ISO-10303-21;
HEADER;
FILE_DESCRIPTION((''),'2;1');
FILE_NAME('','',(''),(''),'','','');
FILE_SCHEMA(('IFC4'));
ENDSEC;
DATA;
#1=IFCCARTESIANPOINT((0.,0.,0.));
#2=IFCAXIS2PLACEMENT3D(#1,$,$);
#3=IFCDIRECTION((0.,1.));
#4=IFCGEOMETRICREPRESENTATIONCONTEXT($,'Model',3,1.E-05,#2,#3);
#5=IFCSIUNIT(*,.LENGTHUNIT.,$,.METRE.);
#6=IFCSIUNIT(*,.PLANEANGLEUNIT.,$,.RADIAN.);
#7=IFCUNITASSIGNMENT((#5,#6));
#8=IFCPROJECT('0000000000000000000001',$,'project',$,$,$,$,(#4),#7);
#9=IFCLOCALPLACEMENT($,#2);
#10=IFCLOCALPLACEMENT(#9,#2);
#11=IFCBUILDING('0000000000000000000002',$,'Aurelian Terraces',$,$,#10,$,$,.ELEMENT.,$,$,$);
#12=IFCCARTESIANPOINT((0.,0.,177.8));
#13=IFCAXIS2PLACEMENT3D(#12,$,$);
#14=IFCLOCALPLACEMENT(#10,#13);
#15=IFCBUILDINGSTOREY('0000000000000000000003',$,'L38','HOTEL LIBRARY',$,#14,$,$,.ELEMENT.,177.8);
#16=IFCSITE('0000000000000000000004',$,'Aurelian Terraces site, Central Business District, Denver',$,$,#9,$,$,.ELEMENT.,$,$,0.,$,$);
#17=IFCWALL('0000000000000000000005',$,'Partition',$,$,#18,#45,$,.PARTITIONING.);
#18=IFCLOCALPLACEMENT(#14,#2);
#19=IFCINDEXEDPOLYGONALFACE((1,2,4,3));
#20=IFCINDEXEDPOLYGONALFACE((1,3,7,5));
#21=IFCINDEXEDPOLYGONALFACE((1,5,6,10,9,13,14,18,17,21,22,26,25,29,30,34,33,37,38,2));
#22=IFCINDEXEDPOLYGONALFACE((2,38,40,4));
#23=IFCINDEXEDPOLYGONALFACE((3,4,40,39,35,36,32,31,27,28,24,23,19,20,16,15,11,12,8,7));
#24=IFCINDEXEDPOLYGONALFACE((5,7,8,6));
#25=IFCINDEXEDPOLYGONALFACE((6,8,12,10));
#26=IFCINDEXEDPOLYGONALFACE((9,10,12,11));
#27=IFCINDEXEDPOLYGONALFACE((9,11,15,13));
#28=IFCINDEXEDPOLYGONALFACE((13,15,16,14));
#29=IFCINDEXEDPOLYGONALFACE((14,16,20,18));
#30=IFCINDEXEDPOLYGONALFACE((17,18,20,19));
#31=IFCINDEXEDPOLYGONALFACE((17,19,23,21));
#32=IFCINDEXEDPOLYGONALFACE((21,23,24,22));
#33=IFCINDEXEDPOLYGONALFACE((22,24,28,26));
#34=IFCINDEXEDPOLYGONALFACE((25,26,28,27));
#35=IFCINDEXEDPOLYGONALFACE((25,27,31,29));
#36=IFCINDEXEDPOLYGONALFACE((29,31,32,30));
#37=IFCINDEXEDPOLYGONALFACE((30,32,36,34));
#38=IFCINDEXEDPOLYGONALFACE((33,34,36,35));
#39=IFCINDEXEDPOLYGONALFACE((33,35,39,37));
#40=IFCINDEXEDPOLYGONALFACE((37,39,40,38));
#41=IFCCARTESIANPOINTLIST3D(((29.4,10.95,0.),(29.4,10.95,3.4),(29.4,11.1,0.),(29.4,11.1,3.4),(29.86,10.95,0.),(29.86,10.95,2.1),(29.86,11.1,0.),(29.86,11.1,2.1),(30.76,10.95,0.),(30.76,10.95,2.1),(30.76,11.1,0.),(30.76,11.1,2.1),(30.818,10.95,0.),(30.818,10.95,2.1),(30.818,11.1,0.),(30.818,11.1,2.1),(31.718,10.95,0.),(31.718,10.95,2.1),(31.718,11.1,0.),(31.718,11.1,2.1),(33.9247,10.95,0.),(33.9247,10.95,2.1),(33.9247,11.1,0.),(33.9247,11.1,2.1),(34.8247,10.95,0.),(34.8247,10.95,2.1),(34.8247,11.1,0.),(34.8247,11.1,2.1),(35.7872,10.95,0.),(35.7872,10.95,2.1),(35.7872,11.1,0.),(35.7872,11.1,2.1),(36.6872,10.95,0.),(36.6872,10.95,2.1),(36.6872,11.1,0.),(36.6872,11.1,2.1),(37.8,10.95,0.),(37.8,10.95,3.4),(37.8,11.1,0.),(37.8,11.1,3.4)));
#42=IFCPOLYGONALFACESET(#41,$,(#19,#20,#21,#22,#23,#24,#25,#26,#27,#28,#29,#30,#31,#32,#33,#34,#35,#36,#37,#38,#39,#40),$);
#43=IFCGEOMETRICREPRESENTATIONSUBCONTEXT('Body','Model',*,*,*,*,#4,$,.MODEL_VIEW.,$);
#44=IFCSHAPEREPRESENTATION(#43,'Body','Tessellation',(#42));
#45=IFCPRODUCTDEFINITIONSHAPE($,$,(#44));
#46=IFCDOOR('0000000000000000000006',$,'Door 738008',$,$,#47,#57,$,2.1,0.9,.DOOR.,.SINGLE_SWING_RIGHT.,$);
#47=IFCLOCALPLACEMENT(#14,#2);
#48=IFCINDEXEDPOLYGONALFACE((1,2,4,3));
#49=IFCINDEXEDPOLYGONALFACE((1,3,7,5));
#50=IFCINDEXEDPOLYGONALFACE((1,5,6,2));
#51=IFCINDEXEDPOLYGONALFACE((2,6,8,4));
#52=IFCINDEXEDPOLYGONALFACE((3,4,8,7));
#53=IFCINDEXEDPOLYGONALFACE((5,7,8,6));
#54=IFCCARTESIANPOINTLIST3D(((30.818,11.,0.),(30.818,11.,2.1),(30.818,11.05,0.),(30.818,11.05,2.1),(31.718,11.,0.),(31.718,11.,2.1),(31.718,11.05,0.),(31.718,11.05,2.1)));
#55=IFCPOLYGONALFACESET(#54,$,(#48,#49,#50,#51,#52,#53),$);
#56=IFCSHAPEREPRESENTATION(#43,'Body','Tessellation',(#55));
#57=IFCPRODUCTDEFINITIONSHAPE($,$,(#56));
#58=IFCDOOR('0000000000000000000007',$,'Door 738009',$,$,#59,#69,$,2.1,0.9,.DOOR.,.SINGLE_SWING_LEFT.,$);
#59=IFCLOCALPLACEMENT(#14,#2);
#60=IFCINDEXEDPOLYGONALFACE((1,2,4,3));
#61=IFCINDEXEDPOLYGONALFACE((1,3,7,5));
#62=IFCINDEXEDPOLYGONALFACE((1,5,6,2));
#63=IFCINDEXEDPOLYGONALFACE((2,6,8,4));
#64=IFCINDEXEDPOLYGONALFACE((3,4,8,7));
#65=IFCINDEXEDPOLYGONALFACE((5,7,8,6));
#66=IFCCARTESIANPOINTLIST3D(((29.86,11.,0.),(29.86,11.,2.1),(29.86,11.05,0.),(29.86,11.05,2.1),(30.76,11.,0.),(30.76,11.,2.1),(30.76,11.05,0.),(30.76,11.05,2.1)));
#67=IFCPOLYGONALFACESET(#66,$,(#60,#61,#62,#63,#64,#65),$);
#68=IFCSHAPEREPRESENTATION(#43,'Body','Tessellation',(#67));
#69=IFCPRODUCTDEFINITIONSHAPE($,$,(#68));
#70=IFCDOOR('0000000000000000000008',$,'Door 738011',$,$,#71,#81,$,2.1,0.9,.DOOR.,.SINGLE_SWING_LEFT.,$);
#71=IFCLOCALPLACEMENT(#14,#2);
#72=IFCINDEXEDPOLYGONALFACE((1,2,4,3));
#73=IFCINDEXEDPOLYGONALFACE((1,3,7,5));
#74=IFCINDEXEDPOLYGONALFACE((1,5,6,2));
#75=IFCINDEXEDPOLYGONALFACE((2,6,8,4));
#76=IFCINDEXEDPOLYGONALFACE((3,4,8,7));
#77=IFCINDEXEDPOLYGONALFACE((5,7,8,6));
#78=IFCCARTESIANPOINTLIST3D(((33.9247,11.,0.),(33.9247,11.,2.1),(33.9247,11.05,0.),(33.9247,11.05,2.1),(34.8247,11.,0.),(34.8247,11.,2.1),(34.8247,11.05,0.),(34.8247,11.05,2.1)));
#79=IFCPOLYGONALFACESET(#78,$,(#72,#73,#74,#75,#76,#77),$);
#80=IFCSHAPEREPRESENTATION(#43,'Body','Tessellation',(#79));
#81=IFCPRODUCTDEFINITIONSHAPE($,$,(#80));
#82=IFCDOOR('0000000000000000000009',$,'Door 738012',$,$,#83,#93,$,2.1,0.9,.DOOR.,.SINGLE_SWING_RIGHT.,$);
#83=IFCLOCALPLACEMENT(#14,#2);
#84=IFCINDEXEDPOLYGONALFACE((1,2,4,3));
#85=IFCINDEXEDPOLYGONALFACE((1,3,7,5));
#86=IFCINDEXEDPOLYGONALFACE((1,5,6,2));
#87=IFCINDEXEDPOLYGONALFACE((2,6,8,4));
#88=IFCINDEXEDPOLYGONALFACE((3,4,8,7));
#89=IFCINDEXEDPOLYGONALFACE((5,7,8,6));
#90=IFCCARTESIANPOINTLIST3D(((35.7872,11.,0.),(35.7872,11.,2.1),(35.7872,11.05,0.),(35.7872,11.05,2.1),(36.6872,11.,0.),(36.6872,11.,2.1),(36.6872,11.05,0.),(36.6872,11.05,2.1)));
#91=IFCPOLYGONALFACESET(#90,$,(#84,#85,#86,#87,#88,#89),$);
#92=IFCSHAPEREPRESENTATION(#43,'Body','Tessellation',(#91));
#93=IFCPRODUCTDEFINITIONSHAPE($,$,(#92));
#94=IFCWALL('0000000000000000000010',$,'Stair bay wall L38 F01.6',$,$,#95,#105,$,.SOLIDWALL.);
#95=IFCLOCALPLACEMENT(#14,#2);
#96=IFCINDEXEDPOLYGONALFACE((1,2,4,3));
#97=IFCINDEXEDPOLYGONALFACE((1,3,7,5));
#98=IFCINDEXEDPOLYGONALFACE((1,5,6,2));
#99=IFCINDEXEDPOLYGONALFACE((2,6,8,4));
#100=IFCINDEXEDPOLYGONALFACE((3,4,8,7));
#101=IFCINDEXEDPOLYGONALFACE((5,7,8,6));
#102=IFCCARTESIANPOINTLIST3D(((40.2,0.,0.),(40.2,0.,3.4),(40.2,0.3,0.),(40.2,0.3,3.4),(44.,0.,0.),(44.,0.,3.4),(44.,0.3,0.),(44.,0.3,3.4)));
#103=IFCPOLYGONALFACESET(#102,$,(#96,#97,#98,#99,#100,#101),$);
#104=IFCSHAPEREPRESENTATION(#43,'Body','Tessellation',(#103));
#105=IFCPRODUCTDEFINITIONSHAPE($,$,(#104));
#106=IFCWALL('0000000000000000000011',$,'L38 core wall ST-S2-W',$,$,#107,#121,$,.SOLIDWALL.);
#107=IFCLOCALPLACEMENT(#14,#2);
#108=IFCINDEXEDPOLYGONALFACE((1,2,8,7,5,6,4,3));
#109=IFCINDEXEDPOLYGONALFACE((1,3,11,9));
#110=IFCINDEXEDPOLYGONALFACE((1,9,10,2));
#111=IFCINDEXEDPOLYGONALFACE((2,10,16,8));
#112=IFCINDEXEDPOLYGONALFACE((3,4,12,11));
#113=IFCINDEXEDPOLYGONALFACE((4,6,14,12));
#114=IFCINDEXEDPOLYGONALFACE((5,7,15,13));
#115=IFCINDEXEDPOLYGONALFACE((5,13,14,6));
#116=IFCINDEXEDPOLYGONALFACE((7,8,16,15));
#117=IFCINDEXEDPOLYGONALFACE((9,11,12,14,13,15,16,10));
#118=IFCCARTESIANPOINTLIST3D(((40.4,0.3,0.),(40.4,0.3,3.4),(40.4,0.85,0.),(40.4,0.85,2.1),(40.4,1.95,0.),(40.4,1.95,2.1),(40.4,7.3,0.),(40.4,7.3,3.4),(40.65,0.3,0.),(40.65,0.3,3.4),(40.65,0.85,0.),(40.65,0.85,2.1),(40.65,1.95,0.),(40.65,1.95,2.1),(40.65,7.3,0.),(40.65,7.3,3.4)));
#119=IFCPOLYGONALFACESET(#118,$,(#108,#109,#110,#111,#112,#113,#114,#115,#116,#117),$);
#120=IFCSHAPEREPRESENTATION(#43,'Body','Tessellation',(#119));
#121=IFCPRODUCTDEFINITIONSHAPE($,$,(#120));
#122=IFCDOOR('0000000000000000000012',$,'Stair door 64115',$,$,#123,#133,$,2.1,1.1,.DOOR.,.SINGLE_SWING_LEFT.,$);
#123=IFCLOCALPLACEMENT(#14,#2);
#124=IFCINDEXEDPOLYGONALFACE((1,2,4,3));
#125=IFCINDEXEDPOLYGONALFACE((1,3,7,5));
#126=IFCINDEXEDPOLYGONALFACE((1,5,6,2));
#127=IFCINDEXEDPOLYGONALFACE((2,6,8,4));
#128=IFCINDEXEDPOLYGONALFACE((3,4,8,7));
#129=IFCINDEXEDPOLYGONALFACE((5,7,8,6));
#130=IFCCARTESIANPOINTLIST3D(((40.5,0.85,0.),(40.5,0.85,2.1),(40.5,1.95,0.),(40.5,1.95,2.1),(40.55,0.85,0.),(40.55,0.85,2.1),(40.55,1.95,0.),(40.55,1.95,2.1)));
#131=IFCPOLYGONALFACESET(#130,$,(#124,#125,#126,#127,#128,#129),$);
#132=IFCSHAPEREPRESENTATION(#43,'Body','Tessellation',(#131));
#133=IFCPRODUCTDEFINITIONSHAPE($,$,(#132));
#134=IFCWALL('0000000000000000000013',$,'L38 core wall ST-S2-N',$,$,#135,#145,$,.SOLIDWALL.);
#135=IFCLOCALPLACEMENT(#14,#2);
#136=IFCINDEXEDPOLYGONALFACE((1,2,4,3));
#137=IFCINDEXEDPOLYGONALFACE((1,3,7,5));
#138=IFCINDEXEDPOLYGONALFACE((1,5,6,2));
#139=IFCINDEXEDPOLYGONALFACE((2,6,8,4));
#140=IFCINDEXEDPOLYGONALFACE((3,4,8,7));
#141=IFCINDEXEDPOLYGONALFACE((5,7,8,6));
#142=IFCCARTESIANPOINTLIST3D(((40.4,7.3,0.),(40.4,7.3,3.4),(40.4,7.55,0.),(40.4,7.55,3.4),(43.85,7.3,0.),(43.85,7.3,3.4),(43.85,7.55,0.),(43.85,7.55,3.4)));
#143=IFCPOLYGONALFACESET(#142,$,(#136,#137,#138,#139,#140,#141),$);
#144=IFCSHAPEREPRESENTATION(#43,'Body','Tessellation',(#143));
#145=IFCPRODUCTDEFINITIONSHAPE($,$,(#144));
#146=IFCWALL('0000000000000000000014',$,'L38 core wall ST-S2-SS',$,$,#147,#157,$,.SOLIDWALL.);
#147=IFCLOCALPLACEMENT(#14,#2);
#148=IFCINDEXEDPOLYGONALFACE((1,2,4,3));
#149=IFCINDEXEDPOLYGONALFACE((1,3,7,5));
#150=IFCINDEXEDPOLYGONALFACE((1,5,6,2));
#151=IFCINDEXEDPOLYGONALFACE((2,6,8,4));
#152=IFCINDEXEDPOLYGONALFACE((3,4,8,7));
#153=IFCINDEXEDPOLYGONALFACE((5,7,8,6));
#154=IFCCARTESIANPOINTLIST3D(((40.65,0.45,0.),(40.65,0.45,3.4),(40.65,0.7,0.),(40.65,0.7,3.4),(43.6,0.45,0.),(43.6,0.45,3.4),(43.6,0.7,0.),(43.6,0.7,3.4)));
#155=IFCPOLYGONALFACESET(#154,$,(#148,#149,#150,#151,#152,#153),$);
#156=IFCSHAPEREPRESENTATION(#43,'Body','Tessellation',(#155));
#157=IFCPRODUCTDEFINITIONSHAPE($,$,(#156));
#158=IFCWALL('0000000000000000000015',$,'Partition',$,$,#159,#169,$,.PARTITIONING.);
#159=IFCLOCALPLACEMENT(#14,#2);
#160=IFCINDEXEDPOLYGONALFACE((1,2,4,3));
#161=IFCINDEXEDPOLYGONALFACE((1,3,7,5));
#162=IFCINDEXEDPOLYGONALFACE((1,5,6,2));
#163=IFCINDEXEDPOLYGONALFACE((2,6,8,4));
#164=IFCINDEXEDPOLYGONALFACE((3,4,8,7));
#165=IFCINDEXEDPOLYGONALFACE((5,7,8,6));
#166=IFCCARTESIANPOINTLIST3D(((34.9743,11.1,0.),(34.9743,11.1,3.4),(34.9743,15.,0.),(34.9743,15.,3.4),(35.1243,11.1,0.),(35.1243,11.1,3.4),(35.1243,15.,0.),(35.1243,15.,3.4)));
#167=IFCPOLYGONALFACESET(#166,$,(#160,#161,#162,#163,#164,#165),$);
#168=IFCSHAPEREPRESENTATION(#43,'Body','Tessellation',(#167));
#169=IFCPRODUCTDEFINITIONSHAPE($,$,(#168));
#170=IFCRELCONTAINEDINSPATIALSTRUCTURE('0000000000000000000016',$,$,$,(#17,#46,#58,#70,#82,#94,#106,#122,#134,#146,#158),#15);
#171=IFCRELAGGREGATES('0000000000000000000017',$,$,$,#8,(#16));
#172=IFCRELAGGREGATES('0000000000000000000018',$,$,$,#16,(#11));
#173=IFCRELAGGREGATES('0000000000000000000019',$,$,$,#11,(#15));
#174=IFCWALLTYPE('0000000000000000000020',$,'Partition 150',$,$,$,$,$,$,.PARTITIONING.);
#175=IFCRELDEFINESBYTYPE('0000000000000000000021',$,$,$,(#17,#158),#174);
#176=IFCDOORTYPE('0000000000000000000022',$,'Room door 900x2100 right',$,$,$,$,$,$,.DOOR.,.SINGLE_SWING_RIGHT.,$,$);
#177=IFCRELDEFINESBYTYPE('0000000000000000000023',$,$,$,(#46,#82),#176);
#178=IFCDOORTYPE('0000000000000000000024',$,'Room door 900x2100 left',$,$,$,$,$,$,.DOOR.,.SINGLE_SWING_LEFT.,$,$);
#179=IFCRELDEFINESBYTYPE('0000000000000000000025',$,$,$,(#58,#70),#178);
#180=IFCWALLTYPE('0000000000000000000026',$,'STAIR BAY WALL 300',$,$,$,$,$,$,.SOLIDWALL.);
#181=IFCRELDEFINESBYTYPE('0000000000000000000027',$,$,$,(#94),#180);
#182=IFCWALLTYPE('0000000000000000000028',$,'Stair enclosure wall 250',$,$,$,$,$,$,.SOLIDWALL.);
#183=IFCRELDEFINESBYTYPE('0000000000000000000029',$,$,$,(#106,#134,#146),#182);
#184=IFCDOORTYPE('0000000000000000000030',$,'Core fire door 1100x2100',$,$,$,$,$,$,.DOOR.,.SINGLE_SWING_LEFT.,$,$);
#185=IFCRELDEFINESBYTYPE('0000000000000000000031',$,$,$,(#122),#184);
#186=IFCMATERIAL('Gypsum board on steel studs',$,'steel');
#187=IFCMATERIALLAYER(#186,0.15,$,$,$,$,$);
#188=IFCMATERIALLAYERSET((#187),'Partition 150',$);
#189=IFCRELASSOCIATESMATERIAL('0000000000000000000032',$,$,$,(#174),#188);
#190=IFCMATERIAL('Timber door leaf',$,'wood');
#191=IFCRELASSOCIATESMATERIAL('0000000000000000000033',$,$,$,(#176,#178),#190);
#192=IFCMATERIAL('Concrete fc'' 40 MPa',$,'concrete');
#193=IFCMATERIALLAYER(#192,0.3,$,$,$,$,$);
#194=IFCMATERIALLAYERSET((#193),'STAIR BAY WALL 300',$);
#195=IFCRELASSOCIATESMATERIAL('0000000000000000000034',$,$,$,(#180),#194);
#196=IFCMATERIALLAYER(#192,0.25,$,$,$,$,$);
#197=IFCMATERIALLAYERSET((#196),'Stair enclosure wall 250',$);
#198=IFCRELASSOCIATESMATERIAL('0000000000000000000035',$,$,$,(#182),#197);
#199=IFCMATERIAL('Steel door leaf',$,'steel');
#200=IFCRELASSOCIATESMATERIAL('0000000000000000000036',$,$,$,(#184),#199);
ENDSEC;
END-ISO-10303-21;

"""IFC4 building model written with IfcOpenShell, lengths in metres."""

from ifc_helpers import new_model, si_unit, direction, frame, frame_2d, origin, place, context, subcontext, project, spatial, rectangle, extrude, source, transform, mapped, material, layer, layer_set, type_object, element, fill, save


model = new_model("IFC4")

# Units and contexts
model_context = context("Model", 3, precision=1e-05, world=origin(), true_north=direction((0.0, 1.0)))
body_context = subcontext(model_context, "Body", "Model", "MODEL_VIEW")
ifc_project = project(units=[si_unit("LENGTHUNIT", "METRE"), si_unit("PLANEANGLEUNIT", "RADIAN")], contexts=[model_context])

# Site, building, storey
site_placement = place(None, origin())
site = spatial("IfcSite", under=ifc_project, at=site_placement, Name="Aurelian Terraces site, Central Business District, Denver", CompositionType="ELEMENT", RefElevation=0.0)
building_placement = place(site_placement, origin())
building = spatial("IfcBuilding", under=site, at=building_placement, Name="Aurelian Terraces", CompositionType="ELEMENT")
storey_placement = place(building_placement, frame((0.0, 0.0, 177.8)))
storey = spatial("IfcBuildingStorey", under=building, at=storey_placement, Name="L38", Description="HOTEL LIBRARY", CompositionType="ELEMENT", Elevation=177.8)

# Shared definitions
ifc_material_1 = material(Name="Gypsum board on steel studs", Category="steel")

# Shared definitions
ifc_material_2 = material(Name="Steel door leaf", Category="steel")
shared_shape_1 = source(origin(), body_context, "Body", "SweptSolid", [
    extrude(rectangle(XDim=0.9, YDim=2.1, at=frame_2d((0.45, 1.05))), frame((0.0, 0.025, 0.0), z_axis=(0.0, -1.0, 0.0), x_axis=(1.0, 0.0, 0.0)), (0.0, 0.0, 1.0), 0.05),
])

# Shared definitions
ifc_layer_1 = layer(ifc_material_1, 0.15)
ifc_layer_set_1 = layer_set([ifc_layer_1], Name="Partition 150")
wall_type_1 = type_object("IfcWallType", Name="Partition 150", PredefinedType="PARTITIONING", material=ifc_layer_set_1)
ifc_material_3 = material(Name="Timber door leaf", Category="wood")

# Wall, openings, doors
wall_1_placement = place(storey_placement, frame((37.8, 11.025, 0.0), z_axis=(0.0, 0.0, 1.0), x_axis=(-1.0, 0.0, 0.0)))
wall_1 = element("IfcWall", 1, at=wall_1_placement, inside=storey, type_object=wall_type_1, Name="Partition", PredefinedType="PARTITIONING", context=body_context, shape_type="SweptSolid", body=[
    extrude(rectangle(XDim=8.4, YDim=0.15, at=frame_2d((4.2, 0.0))), origin(), (0.0, 0.0, 1.0), 3.4),
])
shared_shape_2 = source(origin(), body_context, "Body", "SweptSolid", [
    extrude(rectangle(XDim=0.9, YDim=2.1, at=frame_2d((0.45, 1.05))), frame((0.0, 0.085, 0.0), z_axis=(0.0, -1.0, 0.0), x_axis=(1.0, 0.0, 0.0)), (0.0, 0.0, 1.0), 0.17),
])
opening_1_placement = place(wall_1_placement, frame((6.082, 0.0, 0.0)))
opening_1 = element("IfcOpeningElement", 2, at=opening_1_placement, cuts=wall_1, PredefinedType="OPENING", context=body_context, shape_type="MappedRepresentation", body=[
    mapped(shared_shape_2, transform((0.0, 0.0, 0.0), scale=1.0)),
])
opening_2_placement = place(wall_1_placement, frame((7.04, 0.0, 0.0)))
opening_2 = element("IfcOpeningElement", 3, at=opening_2_placement, cuts=wall_1, PredefinedType="OPENING", context=body_context, shape_type="MappedRepresentation", body=[
    mapped(shared_shape_2, transform((0.0, 0.0, 0.0), scale=1.0)),
])
opening_3_placement = place(wall_1_placement, frame((2.9753, 0.0, 0.0)))
opening_3 = element("IfcOpeningElement", 4, at=opening_3_placement, cuts=wall_1, PredefinedType="OPENING", context=body_context, shape_type="MappedRepresentation", body=[
    mapped(shared_shape_2, transform((0.0, 0.0, 0.0), scale=1.0)),
])
opening_4_placement = place(wall_1_placement, frame((1.1128, 0.0, 0.0)))
opening_4 = element("IfcOpeningElement", 5, at=opening_4_placement, cuts=wall_1, PredefinedType="OPENING", context=body_context, shape_type="MappedRepresentation", body=[
    mapped(shared_shape_2, transform((0.0, 0.0, 0.0), scale=1.0)),
])
door_type_1 = type_object("IfcDoorType", Name="Room door 900x2100 right", OperationType="SINGLE_SWING_RIGHT", PredefinedType="DOOR", material=ifc_material_3)
door_1_placement = place(opening_1_placement, origin())
door_1 = element("IfcDoor", 6, at=door_1_placement, inside=storey, type_object=door_type_1, Name="Door 738008", OperationType="SINGLE_SWING_RIGHT", OverallHeight=2.1, OverallWidth=0.9, PredefinedType="DOOR", context=body_context, shape_type="MappedRepresentation", body=[
    mapped(shared_shape_1, transform((0.0, 0.0, 0.0), scale=1.0)),
])
fill(opening_1, door_1)
door_type_2 = type_object("IfcDoorType", Name="Room door 900x2100 left", OperationType="SINGLE_SWING_LEFT", PredefinedType="DOOR", material=ifc_material_3)
door_2_placement = place(opening_2_placement, origin())
door_2 = element("IfcDoor", 7, at=door_2_placement, inside=storey, type_object=door_type_2, Name="Door 738009", OperationType="SINGLE_SWING_LEFT", OverallHeight=2.1, OverallWidth=0.9, PredefinedType="DOOR", context=body_context, shape_type="MappedRepresentation", body=[
    mapped(shared_shape_1, transform((0.0, 0.0, 0.0), scale=1.0)),
])
fill(opening_2, door_2)
door_3_placement = place(opening_3_placement, origin())
door_3 = element("IfcDoor", 8, at=door_3_placement, inside=storey, type_object=door_type_2, Name="Door 738011", OperationType="SINGLE_SWING_LEFT", OverallHeight=2.1, OverallWidth=0.9, PredefinedType="DOOR", context=body_context, shape_type="MappedRepresentation", body=[
    mapped(shared_shape_1, transform((0.0, 0.0, 0.0), scale=1.0)),
])
fill(opening_3, door_3)
door_4_placement = place(opening_4_placement, origin())
door_4 = element("IfcDoor", 9, at=door_4_placement, inside=storey, type_object=door_type_1, Name="Door 738012", OperationType="SINGLE_SWING_RIGHT", OverallHeight=2.1, OverallWidth=0.9, PredefinedType="DOOR", context=body_context, shape_type="MappedRepresentation", body=[
    mapped(shared_shape_1, transform((0.0, 0.0, 0.0), scale=1.0)),
])
fill(opening_4, door_4)

# Wall
ifc_material_4 = material(Name="Concrete fc' 40 MPa", Category="concrete")
ifc_layer_2 = layer(ifc_material_4, 0.3)
ifc_layer_set_2 = layer_set([ifc_layer_2], Name="STAIR BAY WALL 300")
wall_type_2 = type_object("IfcWallType", Name="STAIR BAY WALL 300", PredefinedType="SOLIDWALL", material=ifc_layer_set_2)
wall_2_placement = place(storey_placement, frame((40.2, 0.15, 0.0), z_axis=(0.0, 0.0, 1.0), x_axis=(1.0, 0.0, 0.0)))
element("IfcWall", 10, at=wall_2_placement, inside=storey, type_object=wall_type_2, Name="Stair bay wall L38 F01.6", PredefinedType="SOLIDWALL", context=body_context, shape_type="SweptSolid", body=[
    extrude(rectangle(XDim=3.8, YDim=0.3, at=frame_2d((1.9, 0.0))), origin(), (0.0, 0.0, 1.0), 3.4),
])

# Wall, opening, door
ifc_layer_3 = layer(ifc_material_4, 0.25)
ifc_layer_set_3 = layer_set([ifc_layer_3], Name="Stair enclosure wall 250")
wall_type_3 = type_object("IfcWallType", Name="Stair enclosure wall 250", PredefinedType="SOLIDWALL", material=ifc_layer_set_3)
wall_3_placement = place(storey_placement, frame((40.525, 0.3, 0.0), z_axis=(0.0, 0.0, 1.0), x_axis=(0.0, 1.0, 0.0)))
wall_3 = element("IfcWall", 11, at=wall_3_placement, inside=storey, type_object=wall_type_3, Name="L38 core wall ST-S2-W", PredefinedType="SOLIDWALL", context=body_context, shape_type="SweptSolid", body=[
    extrude(rectangle(XDim=7.0, YDim=0.25, at=frame_2d((3.5, 0.0))), origin(), (0.0, 0.0, 1.0), 3.4),
])
shared_shape_3 = source(origin(), body_context, "Body", "SweptSolid", [
    extrude(rectangle(XDim=1.1, YDim=2.1, at=frame_2d((0.55, 1.05))), frame((0.0, 0.135, 0.0), z_axis=(0.0, -1.0, 0.0), x_axis=(1.0, 0.0, 0.0)), (0.0, 0.0, 1.0), 0.27),
])
opening_5_placement = place(wall_3_placement, frame((0.55, 0.0, 0.0)))
opening_5 = element("IfcOpeningElement", 12, at=opening_5_placement, cuts=wall_3, PredefinedType="OPENING", context=body_context, shape_type="MappedRepresentation", body=[
    mapped(shared_shape_3, transform((0.0, 0.0, 0.0), scale=1.0)),
])
door_type_3 = type_object("IfcDoorType", Name="Core fire door 1100x2100", OperationType="SINGLE_SWING_LEFT", PredefinedType="DOOR", material=ifc_material_2)
shared_shape_4 = source(origin(), body_context, "Body", "SweptSolid", [
    extrude(rectangle(XDim=1.1, YDim=2.1, at=frame_2d((0.55, 1.05))), frame((0.0, 0.025, 0.0), z_axis=(0.0, -1.0, 0.0), x_axis=(1.0, 0.0, 0.0)), (0.0, 0.0, 1.0), 0.05),
])
door_5_placement = place(opening_5_placement, origin())
door_5 = element("IfcDoor", 13, at=door_5_placement, inside=storey, type_object=door_type_3, Name="Stair door 64115", OperationType="SINGLE_SWING_LEFT", OverallHeight=2.1, OverallWidth=1.1, PredefinedType="DOOR", context=body_context, shape_type="MappedRepresentation", body=[
    mapped(shared_shape_4, transform((0.0, 0.0, 0.0), scale=1.0)),
])
fill(opening_5, door_5)

# Walls
wall_4_placement = place(storey_placement, frame((40.4, 7.425, 0.0), z_axis=(0.0, 0.0, 1.0), x_axis=(1.0, 0.0, 0.0)))
element("IfcWall", 14, at=wall_4_placement, inside=storey, type_object=wall_type_3, Name="L38 core wall ST-S2-N", PredefinedType="SOLIDWALL", context=body_context, shape_type="SweptSolid", body=[
    extrude(rectangle(XDim=3.45, YDim=0.25, at=frame_2d((1.725, 0.0))), origin(), (0.0, 0.0, 1.0), 3.4),
])
wall_5_placement = place(storey_placement, frame((40.65, 0.575, 0.0), z_axis=(0.0, 0.0, 1.0), x_axis=(1.0, 0.0, 0.0)))
element("IfcWall", 15, at=wall_5_placement, inside=storey, type_object=wall_type_3, Name="L38 core wall ST-S2-SS", PredefinedType="SOLIDWALL", context=body_context, shape_type="SweptSolid", body=[
    extrude(rectangle(XDim=2.95, YDim=0.25, at=frame_2d((1.475, 0.0))), origin(), (0.0, 0.0, 1.0), 3.4),
])
shared_shape_5 = source(origin(), body_context, "Body", "SweptSolid", [
    extrude(rectangle(XDim=3.9, YDim=0.15, at=frame_2d((1.95, 0.0))), origin(), (0.0, 0.0, 1.0), 3.4),
])
wall_6_placement = place(storey_placement, frame((35.0493, 11.1, 0.0), z_axis=(0.0, 0.0, 1.0), x_axis=(0.0, 1.0, 0.0)))
element("IfcWall", 16, at=wall_6_placement, inside=storey, type_object=wall_type_1, Name="Partition", PredefinedType="PARTITIONING", context=body_context, shape_type="MappedRepresentation", body=[
    mapped(shared_shape_5, transform((0.0, 0.0, 0.0), scale=1.0)),
])

save(model, "model.ifc")
